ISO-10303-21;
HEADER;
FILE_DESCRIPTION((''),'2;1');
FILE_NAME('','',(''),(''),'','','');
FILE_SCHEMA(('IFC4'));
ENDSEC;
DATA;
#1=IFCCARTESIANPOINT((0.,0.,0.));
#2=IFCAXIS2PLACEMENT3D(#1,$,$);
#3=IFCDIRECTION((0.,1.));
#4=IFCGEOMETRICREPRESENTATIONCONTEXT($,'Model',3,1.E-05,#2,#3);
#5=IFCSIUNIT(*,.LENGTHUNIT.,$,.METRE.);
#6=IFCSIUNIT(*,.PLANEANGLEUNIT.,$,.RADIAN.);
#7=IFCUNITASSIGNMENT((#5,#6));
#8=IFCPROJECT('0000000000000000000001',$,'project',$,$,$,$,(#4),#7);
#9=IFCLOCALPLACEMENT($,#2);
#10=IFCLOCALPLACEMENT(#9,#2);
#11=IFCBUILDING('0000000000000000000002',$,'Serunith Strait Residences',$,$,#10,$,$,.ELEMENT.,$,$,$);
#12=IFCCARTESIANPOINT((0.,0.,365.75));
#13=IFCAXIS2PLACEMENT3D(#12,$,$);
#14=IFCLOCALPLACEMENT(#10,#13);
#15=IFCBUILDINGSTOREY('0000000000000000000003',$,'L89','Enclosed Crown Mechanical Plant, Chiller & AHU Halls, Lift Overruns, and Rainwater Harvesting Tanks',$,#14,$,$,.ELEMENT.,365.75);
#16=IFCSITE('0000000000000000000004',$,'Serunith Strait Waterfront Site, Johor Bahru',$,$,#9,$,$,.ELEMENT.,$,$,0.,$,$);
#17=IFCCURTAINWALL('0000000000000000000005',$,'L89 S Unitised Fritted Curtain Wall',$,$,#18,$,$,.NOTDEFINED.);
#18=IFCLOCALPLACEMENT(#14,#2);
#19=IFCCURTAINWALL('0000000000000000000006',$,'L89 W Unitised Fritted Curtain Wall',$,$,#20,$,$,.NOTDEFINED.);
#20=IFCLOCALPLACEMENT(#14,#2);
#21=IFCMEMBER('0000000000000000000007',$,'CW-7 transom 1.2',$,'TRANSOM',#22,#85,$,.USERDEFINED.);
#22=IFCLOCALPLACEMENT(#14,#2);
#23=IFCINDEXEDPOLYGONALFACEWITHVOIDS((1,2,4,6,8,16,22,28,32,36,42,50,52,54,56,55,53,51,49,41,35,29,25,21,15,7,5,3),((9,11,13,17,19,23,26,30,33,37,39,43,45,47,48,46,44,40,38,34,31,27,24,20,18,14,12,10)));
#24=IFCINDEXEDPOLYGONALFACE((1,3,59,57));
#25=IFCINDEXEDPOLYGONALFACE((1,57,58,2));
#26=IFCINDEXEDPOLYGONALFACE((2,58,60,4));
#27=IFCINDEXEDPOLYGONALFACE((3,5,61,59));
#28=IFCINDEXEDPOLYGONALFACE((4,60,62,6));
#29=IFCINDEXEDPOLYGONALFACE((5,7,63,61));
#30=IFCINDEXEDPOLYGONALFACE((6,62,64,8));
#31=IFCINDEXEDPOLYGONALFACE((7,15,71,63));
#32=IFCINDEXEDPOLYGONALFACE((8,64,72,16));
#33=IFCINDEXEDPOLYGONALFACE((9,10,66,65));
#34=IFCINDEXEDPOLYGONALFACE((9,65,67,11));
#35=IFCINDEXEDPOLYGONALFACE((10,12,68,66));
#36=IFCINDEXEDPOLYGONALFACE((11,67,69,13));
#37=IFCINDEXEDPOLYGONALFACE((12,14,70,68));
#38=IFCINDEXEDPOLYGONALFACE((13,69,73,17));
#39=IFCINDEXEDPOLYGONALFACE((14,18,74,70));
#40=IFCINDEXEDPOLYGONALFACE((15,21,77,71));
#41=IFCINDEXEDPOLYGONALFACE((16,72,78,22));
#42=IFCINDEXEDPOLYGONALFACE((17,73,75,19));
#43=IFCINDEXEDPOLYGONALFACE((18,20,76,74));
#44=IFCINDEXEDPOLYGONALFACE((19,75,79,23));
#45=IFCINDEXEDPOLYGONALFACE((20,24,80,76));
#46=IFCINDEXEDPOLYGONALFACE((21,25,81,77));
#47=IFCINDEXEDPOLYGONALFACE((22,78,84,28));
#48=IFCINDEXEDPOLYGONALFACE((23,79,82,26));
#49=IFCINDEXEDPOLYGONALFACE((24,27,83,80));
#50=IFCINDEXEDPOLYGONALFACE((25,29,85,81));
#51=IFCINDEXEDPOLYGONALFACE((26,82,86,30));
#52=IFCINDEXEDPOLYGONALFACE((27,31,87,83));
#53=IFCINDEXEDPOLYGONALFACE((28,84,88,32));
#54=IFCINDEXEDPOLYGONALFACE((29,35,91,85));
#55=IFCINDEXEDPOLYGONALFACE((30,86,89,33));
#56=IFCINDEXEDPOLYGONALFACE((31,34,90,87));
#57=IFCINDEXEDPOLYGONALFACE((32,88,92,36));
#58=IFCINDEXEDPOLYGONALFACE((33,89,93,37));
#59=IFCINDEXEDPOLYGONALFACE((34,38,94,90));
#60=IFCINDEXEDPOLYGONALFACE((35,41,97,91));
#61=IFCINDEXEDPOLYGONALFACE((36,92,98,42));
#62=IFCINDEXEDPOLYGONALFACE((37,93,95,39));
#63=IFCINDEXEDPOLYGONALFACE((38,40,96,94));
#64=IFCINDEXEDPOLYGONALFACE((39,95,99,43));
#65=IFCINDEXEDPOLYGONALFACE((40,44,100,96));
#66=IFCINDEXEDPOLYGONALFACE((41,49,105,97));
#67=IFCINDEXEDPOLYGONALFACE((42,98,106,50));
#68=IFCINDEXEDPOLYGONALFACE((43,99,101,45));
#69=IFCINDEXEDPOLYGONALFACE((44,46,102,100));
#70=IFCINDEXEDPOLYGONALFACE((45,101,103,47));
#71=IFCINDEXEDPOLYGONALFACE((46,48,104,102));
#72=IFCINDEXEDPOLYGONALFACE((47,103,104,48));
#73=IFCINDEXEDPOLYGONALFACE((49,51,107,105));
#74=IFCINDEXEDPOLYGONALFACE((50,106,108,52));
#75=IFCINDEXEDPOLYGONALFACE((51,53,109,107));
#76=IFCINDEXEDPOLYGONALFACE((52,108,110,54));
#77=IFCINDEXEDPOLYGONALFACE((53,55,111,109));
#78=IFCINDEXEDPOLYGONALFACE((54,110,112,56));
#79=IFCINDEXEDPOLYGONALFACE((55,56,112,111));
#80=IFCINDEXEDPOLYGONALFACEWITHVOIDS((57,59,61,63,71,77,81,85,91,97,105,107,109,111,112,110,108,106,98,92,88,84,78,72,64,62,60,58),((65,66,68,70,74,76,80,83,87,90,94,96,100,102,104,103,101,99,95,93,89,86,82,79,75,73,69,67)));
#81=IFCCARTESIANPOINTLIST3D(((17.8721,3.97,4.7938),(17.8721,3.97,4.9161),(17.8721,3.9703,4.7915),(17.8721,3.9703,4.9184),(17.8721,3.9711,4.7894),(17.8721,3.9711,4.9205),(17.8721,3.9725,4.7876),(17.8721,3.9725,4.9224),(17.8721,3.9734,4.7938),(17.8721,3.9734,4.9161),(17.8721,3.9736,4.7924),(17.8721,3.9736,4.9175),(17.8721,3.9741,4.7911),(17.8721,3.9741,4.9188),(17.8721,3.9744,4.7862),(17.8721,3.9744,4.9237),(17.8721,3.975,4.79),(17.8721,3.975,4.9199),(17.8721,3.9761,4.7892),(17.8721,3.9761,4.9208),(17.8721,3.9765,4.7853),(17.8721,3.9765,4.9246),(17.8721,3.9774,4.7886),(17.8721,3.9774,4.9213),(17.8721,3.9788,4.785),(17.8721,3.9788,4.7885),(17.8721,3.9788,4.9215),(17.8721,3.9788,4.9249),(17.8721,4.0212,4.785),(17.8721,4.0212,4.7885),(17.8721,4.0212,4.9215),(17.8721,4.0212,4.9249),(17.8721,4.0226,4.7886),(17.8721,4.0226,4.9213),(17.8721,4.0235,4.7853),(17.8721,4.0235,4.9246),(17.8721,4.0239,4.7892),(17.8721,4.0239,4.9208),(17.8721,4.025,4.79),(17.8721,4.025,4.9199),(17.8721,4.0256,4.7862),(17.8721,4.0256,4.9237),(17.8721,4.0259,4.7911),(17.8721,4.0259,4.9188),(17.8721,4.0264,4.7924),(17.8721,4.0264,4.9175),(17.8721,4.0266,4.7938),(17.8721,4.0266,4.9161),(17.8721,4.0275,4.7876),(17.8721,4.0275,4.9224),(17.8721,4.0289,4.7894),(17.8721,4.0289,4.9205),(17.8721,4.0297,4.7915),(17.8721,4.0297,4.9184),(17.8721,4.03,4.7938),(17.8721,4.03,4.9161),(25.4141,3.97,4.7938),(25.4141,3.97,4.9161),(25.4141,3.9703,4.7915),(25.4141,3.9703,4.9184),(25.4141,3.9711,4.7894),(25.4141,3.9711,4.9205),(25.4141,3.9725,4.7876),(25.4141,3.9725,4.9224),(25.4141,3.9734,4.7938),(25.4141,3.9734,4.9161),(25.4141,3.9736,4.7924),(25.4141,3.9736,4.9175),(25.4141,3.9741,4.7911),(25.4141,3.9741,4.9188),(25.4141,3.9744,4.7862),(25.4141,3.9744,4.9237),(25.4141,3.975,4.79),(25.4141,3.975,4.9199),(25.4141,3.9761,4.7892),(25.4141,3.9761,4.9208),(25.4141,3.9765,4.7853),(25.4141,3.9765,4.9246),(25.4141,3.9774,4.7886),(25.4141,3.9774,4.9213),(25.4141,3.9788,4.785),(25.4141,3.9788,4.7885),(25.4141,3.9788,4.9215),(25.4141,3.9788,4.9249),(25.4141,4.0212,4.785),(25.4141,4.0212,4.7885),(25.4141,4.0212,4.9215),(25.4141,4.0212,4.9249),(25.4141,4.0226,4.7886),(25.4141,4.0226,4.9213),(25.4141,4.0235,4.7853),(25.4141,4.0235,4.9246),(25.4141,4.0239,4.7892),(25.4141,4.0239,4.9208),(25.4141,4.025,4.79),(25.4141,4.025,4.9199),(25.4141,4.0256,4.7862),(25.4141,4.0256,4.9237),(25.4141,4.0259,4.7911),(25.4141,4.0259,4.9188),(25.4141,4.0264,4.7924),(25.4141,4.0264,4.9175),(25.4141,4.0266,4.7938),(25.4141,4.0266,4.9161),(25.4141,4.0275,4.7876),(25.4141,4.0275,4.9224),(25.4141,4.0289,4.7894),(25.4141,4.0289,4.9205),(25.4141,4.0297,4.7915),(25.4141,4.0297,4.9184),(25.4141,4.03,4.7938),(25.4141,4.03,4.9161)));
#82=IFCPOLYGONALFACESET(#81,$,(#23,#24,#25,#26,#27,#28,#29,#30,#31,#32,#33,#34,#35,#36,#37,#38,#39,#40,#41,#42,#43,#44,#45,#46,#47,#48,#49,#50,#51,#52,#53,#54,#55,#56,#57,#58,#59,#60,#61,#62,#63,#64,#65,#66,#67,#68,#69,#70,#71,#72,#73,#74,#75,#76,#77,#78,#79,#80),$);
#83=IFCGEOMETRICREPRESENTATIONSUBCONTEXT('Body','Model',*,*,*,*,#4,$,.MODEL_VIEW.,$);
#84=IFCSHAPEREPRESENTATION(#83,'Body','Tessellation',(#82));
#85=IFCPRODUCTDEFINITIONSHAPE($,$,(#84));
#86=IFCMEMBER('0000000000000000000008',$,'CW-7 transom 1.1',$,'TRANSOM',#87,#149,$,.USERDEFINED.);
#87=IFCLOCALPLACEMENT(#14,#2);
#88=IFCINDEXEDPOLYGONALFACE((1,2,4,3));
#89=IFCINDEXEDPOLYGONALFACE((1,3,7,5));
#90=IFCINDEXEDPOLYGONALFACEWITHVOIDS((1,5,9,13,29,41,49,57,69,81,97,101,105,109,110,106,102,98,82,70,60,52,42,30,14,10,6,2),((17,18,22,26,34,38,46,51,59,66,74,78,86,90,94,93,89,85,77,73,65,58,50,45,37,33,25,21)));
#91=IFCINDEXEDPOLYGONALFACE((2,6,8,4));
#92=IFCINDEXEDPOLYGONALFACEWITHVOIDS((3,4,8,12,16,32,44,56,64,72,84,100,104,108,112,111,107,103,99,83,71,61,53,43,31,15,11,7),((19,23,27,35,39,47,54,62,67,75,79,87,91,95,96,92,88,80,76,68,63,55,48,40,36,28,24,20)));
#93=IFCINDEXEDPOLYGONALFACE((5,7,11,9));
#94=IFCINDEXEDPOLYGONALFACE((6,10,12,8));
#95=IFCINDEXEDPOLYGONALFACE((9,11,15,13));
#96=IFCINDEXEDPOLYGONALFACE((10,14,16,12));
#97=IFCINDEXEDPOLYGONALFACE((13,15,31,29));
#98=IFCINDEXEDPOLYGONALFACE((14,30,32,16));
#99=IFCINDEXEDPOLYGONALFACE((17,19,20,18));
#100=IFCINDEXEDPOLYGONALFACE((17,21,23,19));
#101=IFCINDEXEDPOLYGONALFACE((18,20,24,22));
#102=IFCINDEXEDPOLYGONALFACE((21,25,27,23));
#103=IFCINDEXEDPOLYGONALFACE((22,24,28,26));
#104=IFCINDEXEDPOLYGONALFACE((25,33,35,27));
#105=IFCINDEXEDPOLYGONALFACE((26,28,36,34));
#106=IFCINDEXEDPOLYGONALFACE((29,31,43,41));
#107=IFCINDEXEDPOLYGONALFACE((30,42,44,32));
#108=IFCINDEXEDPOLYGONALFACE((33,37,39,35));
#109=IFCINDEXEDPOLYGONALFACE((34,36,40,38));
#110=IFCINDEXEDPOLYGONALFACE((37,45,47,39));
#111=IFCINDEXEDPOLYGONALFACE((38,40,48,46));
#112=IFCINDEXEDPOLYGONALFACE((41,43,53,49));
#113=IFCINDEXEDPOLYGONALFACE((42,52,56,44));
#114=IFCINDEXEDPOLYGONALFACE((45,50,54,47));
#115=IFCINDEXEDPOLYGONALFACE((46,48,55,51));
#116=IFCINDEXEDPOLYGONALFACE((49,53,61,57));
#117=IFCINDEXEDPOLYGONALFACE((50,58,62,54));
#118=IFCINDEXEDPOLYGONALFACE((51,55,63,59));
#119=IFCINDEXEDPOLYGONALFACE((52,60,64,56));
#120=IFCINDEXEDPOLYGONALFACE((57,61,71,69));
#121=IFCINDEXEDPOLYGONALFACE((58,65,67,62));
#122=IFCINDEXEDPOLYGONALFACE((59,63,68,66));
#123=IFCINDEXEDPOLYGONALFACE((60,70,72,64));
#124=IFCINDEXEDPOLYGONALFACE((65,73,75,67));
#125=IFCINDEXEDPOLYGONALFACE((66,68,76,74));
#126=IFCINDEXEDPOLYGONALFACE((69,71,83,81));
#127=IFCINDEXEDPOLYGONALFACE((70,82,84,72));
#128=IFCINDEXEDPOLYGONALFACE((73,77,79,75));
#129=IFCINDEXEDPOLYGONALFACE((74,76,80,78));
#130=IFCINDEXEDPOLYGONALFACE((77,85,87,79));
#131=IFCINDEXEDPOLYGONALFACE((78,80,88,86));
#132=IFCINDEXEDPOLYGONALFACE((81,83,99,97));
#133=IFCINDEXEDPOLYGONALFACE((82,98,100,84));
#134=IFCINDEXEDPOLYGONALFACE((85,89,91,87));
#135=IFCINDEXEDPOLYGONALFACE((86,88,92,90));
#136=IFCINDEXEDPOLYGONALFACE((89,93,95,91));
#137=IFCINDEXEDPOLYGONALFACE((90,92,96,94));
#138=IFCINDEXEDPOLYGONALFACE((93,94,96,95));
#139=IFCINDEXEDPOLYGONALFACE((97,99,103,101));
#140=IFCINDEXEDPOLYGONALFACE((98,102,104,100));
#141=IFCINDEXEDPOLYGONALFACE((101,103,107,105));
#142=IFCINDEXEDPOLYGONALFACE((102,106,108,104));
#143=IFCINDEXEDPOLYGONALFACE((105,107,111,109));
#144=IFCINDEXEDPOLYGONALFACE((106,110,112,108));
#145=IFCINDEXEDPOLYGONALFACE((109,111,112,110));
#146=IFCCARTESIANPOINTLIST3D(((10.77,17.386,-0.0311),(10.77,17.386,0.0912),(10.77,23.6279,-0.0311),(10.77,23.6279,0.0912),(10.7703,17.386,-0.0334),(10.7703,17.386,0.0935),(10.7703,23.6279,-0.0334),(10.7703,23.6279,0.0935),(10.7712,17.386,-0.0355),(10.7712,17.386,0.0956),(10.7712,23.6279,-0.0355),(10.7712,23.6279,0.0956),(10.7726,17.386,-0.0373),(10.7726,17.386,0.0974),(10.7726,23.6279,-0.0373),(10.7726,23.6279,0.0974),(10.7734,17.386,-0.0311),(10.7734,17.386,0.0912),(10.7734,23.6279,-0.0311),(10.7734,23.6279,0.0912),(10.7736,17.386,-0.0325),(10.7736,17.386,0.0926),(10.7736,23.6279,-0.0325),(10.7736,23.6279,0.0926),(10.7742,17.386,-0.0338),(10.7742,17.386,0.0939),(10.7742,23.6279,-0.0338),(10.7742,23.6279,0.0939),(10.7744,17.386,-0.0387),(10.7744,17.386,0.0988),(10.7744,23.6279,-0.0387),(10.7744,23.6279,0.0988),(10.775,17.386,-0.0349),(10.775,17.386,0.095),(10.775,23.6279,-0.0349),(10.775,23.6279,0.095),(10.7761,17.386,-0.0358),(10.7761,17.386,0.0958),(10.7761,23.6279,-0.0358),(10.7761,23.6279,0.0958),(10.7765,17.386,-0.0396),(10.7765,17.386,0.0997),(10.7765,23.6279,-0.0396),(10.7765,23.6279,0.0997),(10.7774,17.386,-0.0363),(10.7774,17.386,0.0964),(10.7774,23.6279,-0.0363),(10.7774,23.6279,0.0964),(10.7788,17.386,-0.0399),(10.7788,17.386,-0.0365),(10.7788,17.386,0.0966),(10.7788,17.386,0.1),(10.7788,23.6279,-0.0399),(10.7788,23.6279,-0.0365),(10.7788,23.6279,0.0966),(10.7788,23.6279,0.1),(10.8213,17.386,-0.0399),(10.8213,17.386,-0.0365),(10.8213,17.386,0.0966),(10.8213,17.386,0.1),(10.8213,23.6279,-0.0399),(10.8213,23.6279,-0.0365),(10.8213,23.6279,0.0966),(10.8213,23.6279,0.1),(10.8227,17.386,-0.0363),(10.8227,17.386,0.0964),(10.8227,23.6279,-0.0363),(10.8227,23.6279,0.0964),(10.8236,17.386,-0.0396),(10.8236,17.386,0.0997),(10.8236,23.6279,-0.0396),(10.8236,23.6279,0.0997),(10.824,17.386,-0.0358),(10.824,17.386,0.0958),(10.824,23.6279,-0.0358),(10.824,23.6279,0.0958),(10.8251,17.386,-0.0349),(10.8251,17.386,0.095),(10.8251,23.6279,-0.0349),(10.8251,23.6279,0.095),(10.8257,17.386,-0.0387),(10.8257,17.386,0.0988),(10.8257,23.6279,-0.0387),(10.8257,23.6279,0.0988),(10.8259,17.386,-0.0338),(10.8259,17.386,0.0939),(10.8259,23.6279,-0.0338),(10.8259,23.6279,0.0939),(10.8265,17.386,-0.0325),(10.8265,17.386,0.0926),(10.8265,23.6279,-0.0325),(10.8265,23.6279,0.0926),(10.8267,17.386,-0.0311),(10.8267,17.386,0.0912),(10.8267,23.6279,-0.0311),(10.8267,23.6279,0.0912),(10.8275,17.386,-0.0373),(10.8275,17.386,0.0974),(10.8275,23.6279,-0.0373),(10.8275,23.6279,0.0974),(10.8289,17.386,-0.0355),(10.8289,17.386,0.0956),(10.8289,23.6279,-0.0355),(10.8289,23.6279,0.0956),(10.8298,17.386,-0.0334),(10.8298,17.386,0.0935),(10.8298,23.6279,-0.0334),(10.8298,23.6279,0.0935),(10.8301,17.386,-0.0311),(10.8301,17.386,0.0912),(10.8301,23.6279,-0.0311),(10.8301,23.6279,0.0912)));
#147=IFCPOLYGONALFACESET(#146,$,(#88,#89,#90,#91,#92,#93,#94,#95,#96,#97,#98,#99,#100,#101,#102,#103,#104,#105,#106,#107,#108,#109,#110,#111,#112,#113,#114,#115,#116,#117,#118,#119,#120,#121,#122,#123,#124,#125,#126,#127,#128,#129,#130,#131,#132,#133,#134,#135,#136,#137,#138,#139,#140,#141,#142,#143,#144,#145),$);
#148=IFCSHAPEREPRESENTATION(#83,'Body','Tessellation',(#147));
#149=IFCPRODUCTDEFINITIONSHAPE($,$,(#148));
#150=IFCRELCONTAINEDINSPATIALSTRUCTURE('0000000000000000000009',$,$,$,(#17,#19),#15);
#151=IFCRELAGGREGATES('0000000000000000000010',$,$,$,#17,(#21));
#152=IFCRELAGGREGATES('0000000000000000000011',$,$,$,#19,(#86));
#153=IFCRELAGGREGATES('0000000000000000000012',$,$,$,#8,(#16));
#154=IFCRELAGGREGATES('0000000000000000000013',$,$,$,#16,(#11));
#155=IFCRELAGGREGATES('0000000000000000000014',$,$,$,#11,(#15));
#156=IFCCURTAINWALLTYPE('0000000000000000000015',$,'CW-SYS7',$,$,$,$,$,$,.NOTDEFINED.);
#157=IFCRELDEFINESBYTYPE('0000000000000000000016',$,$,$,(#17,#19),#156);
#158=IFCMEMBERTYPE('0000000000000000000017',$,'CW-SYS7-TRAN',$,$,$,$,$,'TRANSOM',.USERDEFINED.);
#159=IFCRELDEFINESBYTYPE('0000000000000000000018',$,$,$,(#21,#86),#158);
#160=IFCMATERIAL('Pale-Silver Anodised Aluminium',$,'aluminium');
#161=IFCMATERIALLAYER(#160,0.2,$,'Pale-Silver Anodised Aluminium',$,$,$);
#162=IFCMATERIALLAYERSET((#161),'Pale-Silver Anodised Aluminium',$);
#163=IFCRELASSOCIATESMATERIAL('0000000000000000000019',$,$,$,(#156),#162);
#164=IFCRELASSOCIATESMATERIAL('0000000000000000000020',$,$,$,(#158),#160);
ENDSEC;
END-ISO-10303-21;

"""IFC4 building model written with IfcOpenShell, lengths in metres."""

from ifc_helpers import new_model, si_unit, direction, frame, origin, origin_2d, place, context, subcontext, project, spatial, hollow_rectangle, extrude, source, transform, mapped, material, layer, layer_set, material_profile, profile_set, type_object, element, aggregate, save


model = new_model("IFC4")

# Units and contexts
model_context = context("Model", 3, precision=1e-05, world=origin(), true_north=direction((0.0, 1.0)))
body_context = subcontext(model_context, "Body", "Model", "MODEL_VIEW")
ifc_project = project(units=[si_unit("LENGTHUNIT", "METRE"), si_unit("PLANEANGLEUNIT", "RADIAN")], contexts=[model_context])

# Site, building, storey
site_placement = place(None, origin())
site = spatial("IfcSite", under=ifc_project, at=site_placement, Name="Serunith Strait Waterfront Site, Johor Bahru", CompositionType="ELEMENT", RefElevation=0.0)
building_placement = place(site_placement, origin())
building = spatial("IfcBuilding", under=site, at=building_placement, Name="Serunith Strait Residences", CompositionType="ELEMENT")
storey_placement = place(building_placement, frame((0.0, 0.0, 365.75)))
storey = spatial("IfcBuildingStorey", under=building, at=storey_placement, Name="L89", Description="Enclosed Crown Mechanical Plant, Chiller & AHU Halls, Lift Overruns, and Rainwater Harvesting Tanks", CompositionType="ELEMENT", Elevation=365.75)

# Curtain wall
ifc_material_1 = material(Name="Pale-Silver Anodised Aluminium", Category="aluminium")
ifc_layer_1 = layer(ifc_material_1, 0.2, Name="Pale-Silver Anodised Aluminium")
ifc_layer_set_1 = layer_set([ifc_layer_1], Name="Pale-Silver Anodised Aluminium")
curtain_wall_type = type_object("IfcCurtainWallType", Name="CW-SYS7", PredefinedType="NOTDEFINED", material=ifc_layer_set_1)
curtain_wall_1_placement = place(storey_placement, origin())
curtain_wall_1 = element("IfcCurtainWall", 1, at=curtain_wall_1_placement, inside=storey, type_object=curtain_wall_type, Name="L89 S Unitised Fritted Curtain Wall", PredefinedType="NOTDEFINED")

# Curtain wall
curtain_wall_2_placement = place(storey_placement, origin())
curtain_wall_2 = element("IfcCurtainWall", 2, at=curtain_wall_2_placement, inside=storey, type_object=curtain_wall_type, Name="L89 W Unitised Fritted Curtain Wall", PredefinedType="NOTDEFINED")

# Members
ifc_material_profile_1 = material_profile(ifc_material_1, hollow_rectangle(XDim=0.0601, YDim=0.1399, WallThickness=0.0034, InnerFilletRadius=0.0054, OuterFilletRadius=0.0088, at=origin_2d()), Name="ALU 140x60x3.5")
ifc_profile_set_1 = profile_set([ifc_material_profile_1], Name="Pale-Silver Anodised Aluminium")
member_type_1 = type_object("IfcMemberType", Name="CW-SYS7-TRAN", ElementType="TRANSOM", PredefinedType="USERDEFINED", material=ifc_profile_set_1)
shared_shape_1 = source(origin(), body_context, "Body", "SweptSolid", [
    extrude(hollow_rectangle(XDim=0.0601, YDim=0.1399, WallThickness=0.0034, InnerFilletRadius=0.0054, OuterFilletRadius=0.0088, at=origin_2d()), origin(), (0.0, 0.0, 1.0), 7.542),
])
member_1_placement = place(storey_placement, frame((17.8721, 4.0, 4.855), z_axis=(1.0, 0.0, 0.0), x_axis=(0.0, 1.0, 0.0)))
member_1 = element("IfcMember", 3, at=member_1_placement, type_object=member_type_1, Name="CW-7 transom 1.2", ObjectType="TRANSOM", PredefinedType="USERDEFINED", context=body_context, shape_type="MappedRepresentation", body=[
    mapped(shared_shape_1, transform((0.0, 0.0, 0.0), scale=1.0)),
])
aggregate(curtain_wall_1, [member_1])
shared_shape_2 = source(origin(), body_context, "Body", "SweptSolid", [
    extrude(hollow_rectangle(XDim=0.0601, YDim=0.1399, WallThickness=0.0034, InnerFilletRadius=0.0054, OuterFilletRadius=0.0088, at=origin_2d()), origin(), (0.0, 0.0, 1.0), 6.2419),
])
member_2_placement = place(storey_placement, frame((10.8, 23.6279, 0.03), z_axis=(0.0, -1.0, 0.0), x_axis=(1.0, 0.0, 0.0)))
member_2 = element("IfcMember", 4, at=member_2_placement, type_object=member_type_1, Name="CW-7 transom 1.1", ObjectType="TRANSOM", PredefinedType="USERDEFINED", context=body_context, shape_type="MappedRepresentation", body=[
    mapped(shared_shape_2, transform((0.0, 0.0, 0.0), scale=1.0)),
])

aggregate(curtain_wall_2, [member_2])

save(model, "model.ifc")
